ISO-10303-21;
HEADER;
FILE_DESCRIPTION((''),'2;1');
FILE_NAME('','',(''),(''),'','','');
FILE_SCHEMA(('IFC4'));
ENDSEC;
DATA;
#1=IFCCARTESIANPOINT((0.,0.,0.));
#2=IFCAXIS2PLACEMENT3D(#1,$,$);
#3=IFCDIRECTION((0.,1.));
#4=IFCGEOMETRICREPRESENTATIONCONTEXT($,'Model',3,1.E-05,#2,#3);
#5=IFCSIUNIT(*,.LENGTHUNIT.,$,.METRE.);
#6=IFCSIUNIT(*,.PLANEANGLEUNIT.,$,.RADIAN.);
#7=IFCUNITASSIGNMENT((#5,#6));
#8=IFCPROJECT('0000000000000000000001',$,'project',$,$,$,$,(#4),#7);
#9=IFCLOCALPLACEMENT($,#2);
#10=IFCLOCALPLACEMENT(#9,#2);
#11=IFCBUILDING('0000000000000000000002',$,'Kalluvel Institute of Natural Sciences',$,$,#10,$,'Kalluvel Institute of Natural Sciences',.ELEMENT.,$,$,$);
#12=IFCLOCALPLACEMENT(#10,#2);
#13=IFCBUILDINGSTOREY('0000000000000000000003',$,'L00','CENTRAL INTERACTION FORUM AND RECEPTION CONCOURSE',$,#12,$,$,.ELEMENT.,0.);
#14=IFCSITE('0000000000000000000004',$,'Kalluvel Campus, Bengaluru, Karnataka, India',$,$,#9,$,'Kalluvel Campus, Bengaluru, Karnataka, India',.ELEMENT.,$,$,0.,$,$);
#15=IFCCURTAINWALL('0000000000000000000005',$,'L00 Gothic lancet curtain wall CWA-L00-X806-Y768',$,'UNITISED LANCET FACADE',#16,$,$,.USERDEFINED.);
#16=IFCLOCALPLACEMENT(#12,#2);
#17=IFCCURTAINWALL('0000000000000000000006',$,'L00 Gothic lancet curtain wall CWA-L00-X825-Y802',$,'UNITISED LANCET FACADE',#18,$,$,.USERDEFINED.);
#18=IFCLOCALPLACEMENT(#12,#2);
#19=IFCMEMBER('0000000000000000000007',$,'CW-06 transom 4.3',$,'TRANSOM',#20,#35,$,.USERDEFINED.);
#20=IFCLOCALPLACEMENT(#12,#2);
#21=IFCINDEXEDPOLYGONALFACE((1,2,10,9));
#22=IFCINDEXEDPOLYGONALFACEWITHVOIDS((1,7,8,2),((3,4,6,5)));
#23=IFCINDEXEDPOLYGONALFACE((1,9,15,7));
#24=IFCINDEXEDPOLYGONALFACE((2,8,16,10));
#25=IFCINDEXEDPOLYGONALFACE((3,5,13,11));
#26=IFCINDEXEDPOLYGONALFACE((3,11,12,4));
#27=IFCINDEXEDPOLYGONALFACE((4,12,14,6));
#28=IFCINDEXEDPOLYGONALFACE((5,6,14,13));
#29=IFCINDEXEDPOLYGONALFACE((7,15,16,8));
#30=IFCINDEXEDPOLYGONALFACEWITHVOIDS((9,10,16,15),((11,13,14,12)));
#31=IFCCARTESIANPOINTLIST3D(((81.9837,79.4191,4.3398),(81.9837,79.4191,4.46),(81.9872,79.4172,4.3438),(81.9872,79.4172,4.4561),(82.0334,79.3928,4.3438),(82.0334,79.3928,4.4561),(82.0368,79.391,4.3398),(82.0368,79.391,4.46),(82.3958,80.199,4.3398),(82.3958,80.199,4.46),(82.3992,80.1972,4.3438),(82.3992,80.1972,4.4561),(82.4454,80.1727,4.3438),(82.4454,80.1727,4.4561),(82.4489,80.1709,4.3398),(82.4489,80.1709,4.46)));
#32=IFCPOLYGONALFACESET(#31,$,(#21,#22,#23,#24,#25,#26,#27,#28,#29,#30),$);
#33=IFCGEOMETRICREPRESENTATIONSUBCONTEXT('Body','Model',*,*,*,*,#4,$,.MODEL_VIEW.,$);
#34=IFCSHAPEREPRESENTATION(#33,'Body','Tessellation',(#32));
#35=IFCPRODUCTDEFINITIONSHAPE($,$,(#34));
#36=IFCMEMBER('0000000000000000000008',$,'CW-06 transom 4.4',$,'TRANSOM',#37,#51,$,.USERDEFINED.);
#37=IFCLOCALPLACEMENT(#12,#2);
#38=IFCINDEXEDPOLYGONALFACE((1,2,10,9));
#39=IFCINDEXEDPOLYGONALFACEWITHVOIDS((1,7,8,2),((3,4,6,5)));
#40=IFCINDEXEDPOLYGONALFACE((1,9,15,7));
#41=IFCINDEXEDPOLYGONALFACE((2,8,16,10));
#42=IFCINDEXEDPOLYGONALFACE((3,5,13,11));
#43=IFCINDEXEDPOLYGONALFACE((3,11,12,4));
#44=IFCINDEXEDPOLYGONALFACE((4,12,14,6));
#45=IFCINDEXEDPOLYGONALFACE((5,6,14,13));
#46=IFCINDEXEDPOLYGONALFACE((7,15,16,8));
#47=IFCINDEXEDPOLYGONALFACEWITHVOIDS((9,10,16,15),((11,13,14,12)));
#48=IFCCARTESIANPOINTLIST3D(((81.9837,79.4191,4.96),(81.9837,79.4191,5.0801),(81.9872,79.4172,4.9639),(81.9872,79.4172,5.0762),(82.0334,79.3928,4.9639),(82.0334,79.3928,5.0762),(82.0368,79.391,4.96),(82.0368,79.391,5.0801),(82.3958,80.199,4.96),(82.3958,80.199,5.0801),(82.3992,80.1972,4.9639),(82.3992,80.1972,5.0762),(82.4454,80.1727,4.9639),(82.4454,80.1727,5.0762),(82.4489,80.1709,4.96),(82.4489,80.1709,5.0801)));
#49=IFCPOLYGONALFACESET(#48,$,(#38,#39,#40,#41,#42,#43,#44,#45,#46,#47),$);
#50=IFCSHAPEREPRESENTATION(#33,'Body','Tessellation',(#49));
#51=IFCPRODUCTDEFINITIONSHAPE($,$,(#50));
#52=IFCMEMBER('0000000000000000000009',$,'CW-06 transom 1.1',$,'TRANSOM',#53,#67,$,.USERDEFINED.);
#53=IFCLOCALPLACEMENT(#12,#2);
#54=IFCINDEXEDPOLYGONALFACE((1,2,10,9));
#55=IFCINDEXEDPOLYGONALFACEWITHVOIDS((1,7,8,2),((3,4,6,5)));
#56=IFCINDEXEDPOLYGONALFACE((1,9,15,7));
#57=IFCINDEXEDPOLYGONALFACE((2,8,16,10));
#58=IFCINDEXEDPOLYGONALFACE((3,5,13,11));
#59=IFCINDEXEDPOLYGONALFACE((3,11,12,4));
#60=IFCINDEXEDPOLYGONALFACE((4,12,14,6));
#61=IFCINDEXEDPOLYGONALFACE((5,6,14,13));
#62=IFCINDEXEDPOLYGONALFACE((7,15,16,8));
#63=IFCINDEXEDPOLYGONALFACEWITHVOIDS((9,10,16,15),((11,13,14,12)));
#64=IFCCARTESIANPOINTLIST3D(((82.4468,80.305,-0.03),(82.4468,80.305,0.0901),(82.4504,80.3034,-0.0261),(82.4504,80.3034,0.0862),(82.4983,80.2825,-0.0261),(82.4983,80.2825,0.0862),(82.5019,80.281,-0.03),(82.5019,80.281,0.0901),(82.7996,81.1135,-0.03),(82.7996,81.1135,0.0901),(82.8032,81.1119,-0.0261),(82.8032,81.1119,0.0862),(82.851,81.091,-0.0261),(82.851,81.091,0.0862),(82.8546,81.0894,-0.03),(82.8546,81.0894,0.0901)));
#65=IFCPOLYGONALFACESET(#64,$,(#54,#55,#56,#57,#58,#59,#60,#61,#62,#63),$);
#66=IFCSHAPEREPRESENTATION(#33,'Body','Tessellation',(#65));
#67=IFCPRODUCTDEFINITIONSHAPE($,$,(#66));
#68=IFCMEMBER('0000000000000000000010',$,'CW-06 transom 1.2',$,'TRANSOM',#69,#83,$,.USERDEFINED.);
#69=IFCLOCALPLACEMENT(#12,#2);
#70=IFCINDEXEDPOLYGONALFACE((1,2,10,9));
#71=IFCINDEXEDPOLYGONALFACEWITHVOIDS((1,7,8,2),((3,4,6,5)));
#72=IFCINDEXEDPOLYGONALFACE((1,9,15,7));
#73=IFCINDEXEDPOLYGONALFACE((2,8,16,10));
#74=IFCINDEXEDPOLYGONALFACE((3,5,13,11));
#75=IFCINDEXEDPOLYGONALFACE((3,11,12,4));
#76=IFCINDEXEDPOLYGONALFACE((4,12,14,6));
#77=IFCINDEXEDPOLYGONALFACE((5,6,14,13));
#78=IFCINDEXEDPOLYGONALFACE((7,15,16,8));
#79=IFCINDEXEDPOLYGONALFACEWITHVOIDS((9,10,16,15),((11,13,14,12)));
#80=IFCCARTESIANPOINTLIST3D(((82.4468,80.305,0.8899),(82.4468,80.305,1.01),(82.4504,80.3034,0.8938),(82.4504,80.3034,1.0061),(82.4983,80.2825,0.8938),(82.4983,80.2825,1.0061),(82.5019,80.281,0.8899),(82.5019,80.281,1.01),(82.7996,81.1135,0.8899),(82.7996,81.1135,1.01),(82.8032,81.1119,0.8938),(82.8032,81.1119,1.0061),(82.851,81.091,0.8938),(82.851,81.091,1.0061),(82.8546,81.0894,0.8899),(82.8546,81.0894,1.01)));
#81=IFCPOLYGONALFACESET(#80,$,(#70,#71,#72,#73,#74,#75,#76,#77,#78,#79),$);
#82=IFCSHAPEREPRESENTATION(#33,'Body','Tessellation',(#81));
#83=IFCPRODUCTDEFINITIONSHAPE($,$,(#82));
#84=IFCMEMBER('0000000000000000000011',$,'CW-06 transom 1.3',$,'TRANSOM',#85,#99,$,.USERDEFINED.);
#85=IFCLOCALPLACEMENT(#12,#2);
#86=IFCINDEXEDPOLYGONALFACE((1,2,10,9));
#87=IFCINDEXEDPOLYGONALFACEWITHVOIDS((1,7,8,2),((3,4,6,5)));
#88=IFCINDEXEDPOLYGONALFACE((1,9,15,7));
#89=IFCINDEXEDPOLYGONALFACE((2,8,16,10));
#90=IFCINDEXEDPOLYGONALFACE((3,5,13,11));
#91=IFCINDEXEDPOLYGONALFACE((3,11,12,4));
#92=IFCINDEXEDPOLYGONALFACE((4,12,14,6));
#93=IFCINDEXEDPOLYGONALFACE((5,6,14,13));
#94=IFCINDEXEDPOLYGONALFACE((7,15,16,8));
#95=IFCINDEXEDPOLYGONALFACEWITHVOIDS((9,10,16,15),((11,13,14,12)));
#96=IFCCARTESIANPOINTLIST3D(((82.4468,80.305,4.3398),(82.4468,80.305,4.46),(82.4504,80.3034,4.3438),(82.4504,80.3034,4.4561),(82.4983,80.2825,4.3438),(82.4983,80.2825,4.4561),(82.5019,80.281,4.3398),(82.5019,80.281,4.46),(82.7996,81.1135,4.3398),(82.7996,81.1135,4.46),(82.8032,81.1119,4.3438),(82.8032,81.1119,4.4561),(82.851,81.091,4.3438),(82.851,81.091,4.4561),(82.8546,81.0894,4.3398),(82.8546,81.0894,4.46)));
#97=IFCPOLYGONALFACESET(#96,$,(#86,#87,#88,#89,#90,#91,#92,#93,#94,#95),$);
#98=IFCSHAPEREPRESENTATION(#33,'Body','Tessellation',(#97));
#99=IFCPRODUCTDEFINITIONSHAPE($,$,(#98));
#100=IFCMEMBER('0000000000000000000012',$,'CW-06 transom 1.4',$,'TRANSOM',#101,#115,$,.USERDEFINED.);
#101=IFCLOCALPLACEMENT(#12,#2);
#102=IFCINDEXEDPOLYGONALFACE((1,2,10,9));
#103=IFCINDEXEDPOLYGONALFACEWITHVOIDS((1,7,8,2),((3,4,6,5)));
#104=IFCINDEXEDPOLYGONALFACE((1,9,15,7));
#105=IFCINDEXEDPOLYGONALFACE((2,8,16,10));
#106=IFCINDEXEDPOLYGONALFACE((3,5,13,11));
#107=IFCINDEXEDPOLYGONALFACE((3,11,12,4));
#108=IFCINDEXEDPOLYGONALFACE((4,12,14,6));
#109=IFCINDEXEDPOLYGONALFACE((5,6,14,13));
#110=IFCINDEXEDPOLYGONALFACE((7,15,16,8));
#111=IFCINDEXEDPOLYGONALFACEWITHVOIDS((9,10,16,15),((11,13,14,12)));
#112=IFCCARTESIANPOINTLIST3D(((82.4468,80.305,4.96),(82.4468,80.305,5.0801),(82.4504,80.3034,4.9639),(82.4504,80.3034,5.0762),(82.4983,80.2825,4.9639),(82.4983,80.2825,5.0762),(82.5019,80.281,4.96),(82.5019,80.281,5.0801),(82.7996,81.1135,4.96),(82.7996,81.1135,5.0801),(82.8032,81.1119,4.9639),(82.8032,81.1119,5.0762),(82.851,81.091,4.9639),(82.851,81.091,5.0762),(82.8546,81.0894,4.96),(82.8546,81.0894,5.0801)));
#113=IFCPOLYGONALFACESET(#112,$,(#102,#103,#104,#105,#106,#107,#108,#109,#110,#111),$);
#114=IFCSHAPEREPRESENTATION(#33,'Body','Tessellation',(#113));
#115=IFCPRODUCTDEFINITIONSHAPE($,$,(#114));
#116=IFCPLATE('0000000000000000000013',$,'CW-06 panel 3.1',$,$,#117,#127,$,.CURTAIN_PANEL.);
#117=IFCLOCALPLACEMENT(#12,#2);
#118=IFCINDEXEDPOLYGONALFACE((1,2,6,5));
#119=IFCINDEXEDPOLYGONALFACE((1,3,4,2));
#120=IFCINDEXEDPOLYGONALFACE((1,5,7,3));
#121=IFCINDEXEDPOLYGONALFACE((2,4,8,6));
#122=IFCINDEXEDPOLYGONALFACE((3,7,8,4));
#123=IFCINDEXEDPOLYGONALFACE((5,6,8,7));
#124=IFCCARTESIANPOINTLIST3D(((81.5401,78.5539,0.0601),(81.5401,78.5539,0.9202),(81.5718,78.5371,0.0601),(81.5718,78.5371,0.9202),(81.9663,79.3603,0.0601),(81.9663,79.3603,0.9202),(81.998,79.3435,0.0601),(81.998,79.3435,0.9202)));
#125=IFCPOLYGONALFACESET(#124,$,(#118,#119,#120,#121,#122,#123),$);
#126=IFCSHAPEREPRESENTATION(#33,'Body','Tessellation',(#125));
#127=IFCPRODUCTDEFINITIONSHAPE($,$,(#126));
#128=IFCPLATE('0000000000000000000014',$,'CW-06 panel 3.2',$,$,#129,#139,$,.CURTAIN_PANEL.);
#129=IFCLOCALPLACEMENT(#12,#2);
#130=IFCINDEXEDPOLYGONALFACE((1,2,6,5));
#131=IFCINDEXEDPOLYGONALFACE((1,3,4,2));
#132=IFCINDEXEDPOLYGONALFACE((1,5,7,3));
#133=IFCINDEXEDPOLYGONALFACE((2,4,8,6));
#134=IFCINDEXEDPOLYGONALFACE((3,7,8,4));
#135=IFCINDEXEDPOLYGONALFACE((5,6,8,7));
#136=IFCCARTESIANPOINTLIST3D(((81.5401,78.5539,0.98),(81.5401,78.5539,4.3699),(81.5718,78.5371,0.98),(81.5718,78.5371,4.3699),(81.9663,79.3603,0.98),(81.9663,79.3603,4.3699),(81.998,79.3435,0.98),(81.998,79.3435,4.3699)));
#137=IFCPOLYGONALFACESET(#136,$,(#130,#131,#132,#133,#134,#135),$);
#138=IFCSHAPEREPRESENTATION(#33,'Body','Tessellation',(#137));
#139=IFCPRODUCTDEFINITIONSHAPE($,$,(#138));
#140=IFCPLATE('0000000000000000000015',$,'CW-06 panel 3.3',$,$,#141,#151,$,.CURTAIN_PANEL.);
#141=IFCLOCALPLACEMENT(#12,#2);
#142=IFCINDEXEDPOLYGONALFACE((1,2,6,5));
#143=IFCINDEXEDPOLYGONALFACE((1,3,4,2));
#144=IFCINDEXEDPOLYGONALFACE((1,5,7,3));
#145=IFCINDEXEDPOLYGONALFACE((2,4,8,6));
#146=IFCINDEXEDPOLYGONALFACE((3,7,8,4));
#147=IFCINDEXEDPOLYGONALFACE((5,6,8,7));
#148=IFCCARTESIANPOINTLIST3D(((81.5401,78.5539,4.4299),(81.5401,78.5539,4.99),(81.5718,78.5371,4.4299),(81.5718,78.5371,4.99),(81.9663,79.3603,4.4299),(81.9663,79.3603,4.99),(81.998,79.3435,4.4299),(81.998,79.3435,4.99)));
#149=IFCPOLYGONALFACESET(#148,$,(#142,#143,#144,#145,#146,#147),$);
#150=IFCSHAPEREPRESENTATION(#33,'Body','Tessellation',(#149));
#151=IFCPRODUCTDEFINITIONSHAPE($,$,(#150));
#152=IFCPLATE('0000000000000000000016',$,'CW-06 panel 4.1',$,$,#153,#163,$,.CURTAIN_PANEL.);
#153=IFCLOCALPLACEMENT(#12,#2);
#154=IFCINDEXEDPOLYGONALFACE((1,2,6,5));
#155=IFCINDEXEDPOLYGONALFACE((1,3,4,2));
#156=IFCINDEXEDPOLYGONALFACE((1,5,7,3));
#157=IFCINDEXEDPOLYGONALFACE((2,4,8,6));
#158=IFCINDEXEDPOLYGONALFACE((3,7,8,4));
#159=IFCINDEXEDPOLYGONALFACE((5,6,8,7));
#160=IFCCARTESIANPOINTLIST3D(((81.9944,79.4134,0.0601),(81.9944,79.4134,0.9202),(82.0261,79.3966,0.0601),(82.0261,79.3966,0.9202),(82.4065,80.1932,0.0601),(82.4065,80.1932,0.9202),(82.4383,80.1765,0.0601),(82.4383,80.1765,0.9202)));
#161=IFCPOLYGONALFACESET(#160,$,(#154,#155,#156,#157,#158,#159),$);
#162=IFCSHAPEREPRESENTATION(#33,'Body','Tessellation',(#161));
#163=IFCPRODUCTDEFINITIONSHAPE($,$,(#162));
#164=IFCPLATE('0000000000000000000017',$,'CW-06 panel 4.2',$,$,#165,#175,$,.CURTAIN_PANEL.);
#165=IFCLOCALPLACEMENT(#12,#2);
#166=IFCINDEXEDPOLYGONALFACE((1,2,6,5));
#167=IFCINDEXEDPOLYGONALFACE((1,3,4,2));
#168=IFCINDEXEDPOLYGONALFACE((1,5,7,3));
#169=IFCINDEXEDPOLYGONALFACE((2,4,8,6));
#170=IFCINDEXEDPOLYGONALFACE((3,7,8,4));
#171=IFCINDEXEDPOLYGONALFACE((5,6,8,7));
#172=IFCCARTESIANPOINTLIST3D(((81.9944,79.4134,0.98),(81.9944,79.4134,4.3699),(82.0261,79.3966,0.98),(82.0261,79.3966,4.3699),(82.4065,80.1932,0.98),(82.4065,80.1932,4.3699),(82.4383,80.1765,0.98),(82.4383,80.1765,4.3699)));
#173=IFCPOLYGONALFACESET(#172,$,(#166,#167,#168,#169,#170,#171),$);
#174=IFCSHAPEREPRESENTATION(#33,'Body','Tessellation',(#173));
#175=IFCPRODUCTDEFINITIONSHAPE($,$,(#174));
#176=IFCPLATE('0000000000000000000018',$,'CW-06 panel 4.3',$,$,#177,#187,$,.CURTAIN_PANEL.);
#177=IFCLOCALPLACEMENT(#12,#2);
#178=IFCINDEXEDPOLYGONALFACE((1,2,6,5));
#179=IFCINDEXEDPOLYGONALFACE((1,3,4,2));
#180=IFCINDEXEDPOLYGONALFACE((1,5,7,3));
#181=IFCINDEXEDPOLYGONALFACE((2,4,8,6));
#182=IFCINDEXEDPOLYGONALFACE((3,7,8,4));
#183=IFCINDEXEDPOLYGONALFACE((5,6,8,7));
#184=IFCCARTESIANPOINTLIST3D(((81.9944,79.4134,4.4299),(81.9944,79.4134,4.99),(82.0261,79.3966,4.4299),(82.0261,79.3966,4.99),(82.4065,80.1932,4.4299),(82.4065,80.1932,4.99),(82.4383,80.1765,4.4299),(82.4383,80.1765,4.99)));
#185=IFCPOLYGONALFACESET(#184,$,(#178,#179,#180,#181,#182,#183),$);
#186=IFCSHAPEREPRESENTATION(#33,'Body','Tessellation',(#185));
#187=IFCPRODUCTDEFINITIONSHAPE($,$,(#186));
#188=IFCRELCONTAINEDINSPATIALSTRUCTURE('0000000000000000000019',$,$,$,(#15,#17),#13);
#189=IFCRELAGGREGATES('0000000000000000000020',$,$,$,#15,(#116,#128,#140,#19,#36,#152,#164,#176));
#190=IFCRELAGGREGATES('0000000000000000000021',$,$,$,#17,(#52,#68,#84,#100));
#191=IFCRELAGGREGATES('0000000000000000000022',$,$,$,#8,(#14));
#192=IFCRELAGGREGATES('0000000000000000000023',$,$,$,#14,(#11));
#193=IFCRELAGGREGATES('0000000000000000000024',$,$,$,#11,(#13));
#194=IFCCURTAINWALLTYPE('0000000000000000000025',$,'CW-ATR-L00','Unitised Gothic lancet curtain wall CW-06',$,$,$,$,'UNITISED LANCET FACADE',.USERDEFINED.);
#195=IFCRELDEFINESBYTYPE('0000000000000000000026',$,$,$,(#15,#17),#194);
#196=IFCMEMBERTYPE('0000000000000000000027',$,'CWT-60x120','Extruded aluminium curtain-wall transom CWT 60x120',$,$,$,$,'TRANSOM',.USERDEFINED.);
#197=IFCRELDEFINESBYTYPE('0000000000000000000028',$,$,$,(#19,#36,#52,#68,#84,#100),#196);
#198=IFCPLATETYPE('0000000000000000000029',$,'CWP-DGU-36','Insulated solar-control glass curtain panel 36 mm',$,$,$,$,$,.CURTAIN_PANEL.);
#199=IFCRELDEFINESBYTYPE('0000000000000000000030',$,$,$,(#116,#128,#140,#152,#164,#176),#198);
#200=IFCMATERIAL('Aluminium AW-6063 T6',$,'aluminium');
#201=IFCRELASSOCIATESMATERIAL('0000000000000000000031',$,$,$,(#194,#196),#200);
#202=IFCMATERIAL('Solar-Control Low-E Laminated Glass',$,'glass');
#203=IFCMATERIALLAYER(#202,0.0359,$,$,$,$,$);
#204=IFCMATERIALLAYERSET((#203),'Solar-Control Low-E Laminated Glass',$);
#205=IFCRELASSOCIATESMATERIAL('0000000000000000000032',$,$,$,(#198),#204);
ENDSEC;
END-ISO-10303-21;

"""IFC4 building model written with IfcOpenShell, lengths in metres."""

from ifc_helpers import new_model, si_unit, direction, frame, origin, origin_2d, place, context, subcontext, project, spatial, rectangle, hollow_rectangle, extrude, material, layer, layer_set, material_profile, profile_set, type_object, element, aggregate, save


model = new_model("IFC4")

# Units and contexts
model_context = context("Model", 3, precision=1e-05, world=origin(), true_north=direction((0.0, 1.0)))
body_context = subcontext(model_context, "Body", "Model", "MODEL_VIEW")
ifc_project = project(units=[si_unit("LENGTHUNIT", "METRE"), si_unit("PLANEANGLEUNIT", "RADIAN")], contexts=[model_context])

# Site, building, storey
site_placement = place(None, origin())
site = spatial("IfcSite", under=ifc_project, at=site_placement, Name="Kalluvel Campus, Bengaluru, Karnataka, India", LongName="Kalluvel Campus, Bengaluru, Karnataka, India", CompositionType="ELEMENT", RefElevation=0.0)
building_placement = place(site_placement, origin())
building = spatial("IfcBuilding", under=site, at=building_placement, Name="Kalluvel Institute of Natural Sciences", LongName="Kalluvel Institute of Natural Sciences", CompositionType="ELEMENT")
storey_placement = place(building_placement, origin())
storey = spatial("IfcBuildingStorey", under=building, at=storey_placement, Name="L00", Description="CENTRAL INTERACTION FORUM AND RECEPTION CONCOURSE", CompositionType="ELEMENT", Elevation=0.0)

# Curtain wall
ifc_material_1 = material(Name="Aluminium AW-6063 T6", Category="aluminium")
curtain_wall_type = type_object("IfcCurtainWallType", Name="CW-ATR-L00", Description="Unitised Gothic lancet curtain wall CW-06", ElementType="UNITISED LANCET FACADE", PredefinedType="USERDEFINED", material=ifc_material_1)
curtain_wall_1_placement = place(storey_placement, origin())
curtain_wall_1 = element("IfcCurtainWall", 1, at=curtain_wall_1_placement, inside=storey, type_object=curtain_wall_type, Name="L00 Gothic lancet curtain wall CWA-L00-X806-Y768", ObjectType="UNITISED LANCET FACADE", PredefinedType="USERDEFINED")

# Curtain wall
curtain_wall_2_placement = place(storey_placement, origin())
curtain_wall_2 = element("IfcCurtainWall", 2, at=curtain_wall_2_placement, inside=storey, type_object=curtain_wall_type, Name="L00 Gothic lancet curtain wall CWA-L00-X825-Y802", ObjectType="UNITISED LANCET FACADE", PredefinedType="USERDEFINED")

# Members
ifc_material_profile_1 = material_profile(ifc_material_1, hollow_rectangle(XDim=0.0601, YDim=0.1201, WallThickness=0.0039, at=origin_2d()), Name="CWT 60x120")
ifc_profile_set_1 = profile_set([ifc_material_profile_1], Name="Aluminium AW-6063 T6")
member_type_1 = type_object("IfcMemberType", Name="CWT-60x120", Description="Extruded aluminium curtain-wall transom CWT 60x120", ElementType="TRANSOM", PredefinedType="USERDEFINED", material=ifc_profile_set_1)
member_1_placement = place(storey_placement, frame((82.0103, 79.405, 4.3999), z_axis=(0.467137, 0.884185, 0.0), x_axis=(-0.884185, 0.467137, 0.0)))
member_1 = element("IfcMember", 3, at=member_1_placement, type_object=member_type_1, Name="CW-06 transom 4.3", ObjectType="TRANSOM", PredefinedType="USERDEFINED", context=body_context, shape_type="SweptSolid", body=[
    extrude(hollow_rectangle(XDim=0.0601, YDim=0.1201, WallThickness=0.0039, at=origin_2d()), origin(), (0.0, 0.0, 1.0), 0.8821),
])
member_2_placement = place(storey_placement, frame((82.0103, 79.405, 5.02), z_axis=(0.467137, 0.884185, 0.0), x_axis=(-0.884185, 0.467137, 0.0)))
member_2 = element("IfcMember", 4, at=member_2_placement, type_object=member_type_1, Name="CW-06 transom 4.4", ObjectType="TRANSOM", PredefinedType="USERDEFINED", context=body_context, shape_type="SweptSolid", body=[
    extrude(hollow_rectangle(XDim=0.0601, YDim=0.1201, WallThickness=0.0039, at=origin_2d()), origin(), (0.0, 0.0, 1.0), 0.8821),
])
member_3_placement = place(storey_placement, frame((82.4744, 80.293, 0.03), z_axis=(0.39989, 0.916563, 0.0), x_axis=(-0.916563, 0.39989, 0.0)))
member_3 = element("IfcMember", 5, at=member_3_placement, type_object=member_type_1, Name="CW-06 transom 1.1", ObjectType="TRANSOM", PredefinedType="USERDEFINED", context=body_context, shape_type="SweptSolid", body=[
    extrude(hollow_rectangle(XDim=0.0601, YDim=0.1201, WallThickness=0.0039, at=origin_2d()), origin(), (0.0, 0.0, 1.0), 0.8821),
])
member_4_placement = place(storey_placement, frame((82.4744, 80.293, 0.95), z_axis=(0.39989, 0.916563, 0.0), x_axis=(-0.916563, 0.39989, 0.0)))
member_4 = element("IfcMember", 6, at=member_4_placement, type_object=member_type_1, Name="CW-06 transom 1.2", ObjectType="TRANSOM", PredefinedType="USERDEFINED", context=body_context, shape_type="SweptSolid", body=[
    extrude(hollow_rectangle(XDim=0.0601, YDim=0.1201, WallThickness=0.0039, at=origin_2d()), origin(), (0.0, 0.0, 1.0), 0.8821),
])
member_5_placement = place(storey_placement, frame((82.4744, 80.293, 4.3999), z_axis=(0.39989, 0.916563, 0.0), x_axis=(-0.916563, 0.39989, 0.0)))
member_5 = element("IfcMember", 7, at=member_5_placement, type_object=member_type_1, Name="CW-06 transom 1.3", ObjectType="TRANSOM", PredefinedType="USERDEFINED", context=body_context, shape_type="SweptSolid", body=[
    extrude(hollow_rectangle(XDim=0.0601, YDim=0.1201, WallThickness=0.0039, at=origin_2d()), origin(), (0.0, 0.0, 1.0), 0.8821),
])
member_6_placement = place(storey_placement, frame((82.4744, 80.293, 5.02), z_axis=(0.39989, 0.916563, 0.0), x_axis=(-0.916563, 0.39989, 0.0)))
member_6 = element("IfcMember", 8, at=member_6_placement, type_object=member_type_1, Name="CW-06 transom 1.4", ObjectType="TRANSOM", PredefinedType="USERDEFINED", context=body_context, shape_type="SweptSolid", body=[
    extrude(hollow_rectangle(XDim=0.0601, YDim=0.1201, WallThickness=0.0039, at=origin_2d()), origin(), (0.0, 0.0, 1.0), 0.8821),
])

# Plates
ifc_material_2 = material(Name="Solar-Control Low-E Laminated Glass", Category="glass")
ifc_layer = layer(ifc_material_2, 0.0359)
ifc_layer_set = layer_set([ifc_layer], Name="Solar-Control Low-E Laminated Glass")
plate_type = type_object("IfcPlateType", Name="CWP-DGU-36", Description="Insulated solar-control glass curtain panel 36 mm", PredefinedType="CURTAIN_PANEL", material=ifc_layer_set)
plate_1_placement = place(storey_placement, frame((81.769, 78.9487, 0.0601), z_axis=(0.0, 0.0, 1.0), x_axis=(0.467281, 0.884109, 0.0)))
plate_1 = element("IfcPlate", 9, at=plate_1_placement, type_object=plate_type, Name="CW-06 panel 3.1", PredefinedType="CURTAIN_PANEL", context=body_context, shape_type="SweptSolid", body=[
    extrude(rectangle(XDim=0.9121, YDim=0.0359, at=origin_2d()), origin(), (0.0, 0.0, 1.0), 0.8601),
])
plate_2_placement = place(storey_placement, frame((81.769, 78.9487, 0.98), z_axis=(0.0, 0.0, 1.0), x_axis=(0.467281, 0.884109, 0.0)))
plate_2 = element("IfcPlate", 10, at=plate_2_placement, type_object=plate_type, Name="CW-06 panel 3.2", PredefinedType="CURTAIN_PANEL", context=body_context, shape_type="SweptSolid", body=[
    extrude(rectangle(XDim=0.9121, YDim=0.0359, at=origin_2d()), origin(), (0.0, 0.0, 1.0), 3.3899),
])
plate_3_placement = place(storey_placement, frame((81.769, 78.9487, 4.4299), z_axis=(0.0, 0.0, 1.0), x_axis=(0.467281, 0.884109, 0.0)))
plate_3 = element("IfcPlate", 11, at=plate_3_placement, type_object=plate_type, Name="CW-06 panel 3.3", PredefinedType="CURTAIN_PANEL", context=body_context, shape_type="SweptSolid", body=[
    extrude(rectangle(XDim=0.9121, YDim=0.0359, at=origin_2d()), origin(), (0.0, 0.0, 1.0), 0.5601),
])
plate_4_placement = place(storey_placement, frame((82.2163, 79.7949, 0.0601), z_axis=(0.0, 0.0, 1.0), x_axis=(0.467281, 0.884109, 0.0)))
plate_4 = element("IfcPlate", 12, at=plate_4_placement, type_object=plate_type, Name="CW-06 panel 4.1", PredefinedType="CURTAIN_PANEL", context=body_context, shape_type="SweptSolid", body=[
    extrude(rectangle(XDim=0.8821, YDim=0.0359, at=origin_2d()), origin(), (0.0, 0.0, 1.0), 0.8601),
])
plate_5_placement = place(storey_placement, frame((82.2163, 79.7949, 0.98), z_axis=(0.0, 0.0, 1.0), x_axis=(0.467281, 0.884109, 0.0)))
plate_5 = element("IfcPlate", 13, at=plate_5_placement, type_object=plate_type, Name="CW-06 panel 4.2", PredefinedType="CURTAIN_PANEL", context=body_context, shape_type="SweptSolid", body=[
    extrude(rectangle(XDim=0.8821, YDim=0.0359, at=origin_2d()), origin(), (0.0, 0.0, 1.0), 3.3899),
])
plate_6_placement = place(storey_placement, frame((82.2163, 79.7949, 4.4299), z_axis=(0.0, 0.0, 1.0), x_axis=(0.467281, 0.884109, 0.0)))
plate_6 = element("IfcPlate", 14, at=plate_6_placement, type_object=plate_type, Name="CW-06 panel 4.3", PredefinedType="CURTAIN_PANEL", context=body_context, shape_type="SweptSolid", body=[
    extrude(rectangle(XDim=0.8821, YDim=0.0359, at=origin_2d()), origin(), (0.0, 0.0, 1.0), 0.5601),
])
aggregate(curtain_wall_1, [plate_1, plate_2, plate_3, member_1, member_2, plate_4, plate_5, plate_6])
aggregate(curtain_wall_2, [member_3, member_4, member_5, member_6])

save(model, "model.ifc")
